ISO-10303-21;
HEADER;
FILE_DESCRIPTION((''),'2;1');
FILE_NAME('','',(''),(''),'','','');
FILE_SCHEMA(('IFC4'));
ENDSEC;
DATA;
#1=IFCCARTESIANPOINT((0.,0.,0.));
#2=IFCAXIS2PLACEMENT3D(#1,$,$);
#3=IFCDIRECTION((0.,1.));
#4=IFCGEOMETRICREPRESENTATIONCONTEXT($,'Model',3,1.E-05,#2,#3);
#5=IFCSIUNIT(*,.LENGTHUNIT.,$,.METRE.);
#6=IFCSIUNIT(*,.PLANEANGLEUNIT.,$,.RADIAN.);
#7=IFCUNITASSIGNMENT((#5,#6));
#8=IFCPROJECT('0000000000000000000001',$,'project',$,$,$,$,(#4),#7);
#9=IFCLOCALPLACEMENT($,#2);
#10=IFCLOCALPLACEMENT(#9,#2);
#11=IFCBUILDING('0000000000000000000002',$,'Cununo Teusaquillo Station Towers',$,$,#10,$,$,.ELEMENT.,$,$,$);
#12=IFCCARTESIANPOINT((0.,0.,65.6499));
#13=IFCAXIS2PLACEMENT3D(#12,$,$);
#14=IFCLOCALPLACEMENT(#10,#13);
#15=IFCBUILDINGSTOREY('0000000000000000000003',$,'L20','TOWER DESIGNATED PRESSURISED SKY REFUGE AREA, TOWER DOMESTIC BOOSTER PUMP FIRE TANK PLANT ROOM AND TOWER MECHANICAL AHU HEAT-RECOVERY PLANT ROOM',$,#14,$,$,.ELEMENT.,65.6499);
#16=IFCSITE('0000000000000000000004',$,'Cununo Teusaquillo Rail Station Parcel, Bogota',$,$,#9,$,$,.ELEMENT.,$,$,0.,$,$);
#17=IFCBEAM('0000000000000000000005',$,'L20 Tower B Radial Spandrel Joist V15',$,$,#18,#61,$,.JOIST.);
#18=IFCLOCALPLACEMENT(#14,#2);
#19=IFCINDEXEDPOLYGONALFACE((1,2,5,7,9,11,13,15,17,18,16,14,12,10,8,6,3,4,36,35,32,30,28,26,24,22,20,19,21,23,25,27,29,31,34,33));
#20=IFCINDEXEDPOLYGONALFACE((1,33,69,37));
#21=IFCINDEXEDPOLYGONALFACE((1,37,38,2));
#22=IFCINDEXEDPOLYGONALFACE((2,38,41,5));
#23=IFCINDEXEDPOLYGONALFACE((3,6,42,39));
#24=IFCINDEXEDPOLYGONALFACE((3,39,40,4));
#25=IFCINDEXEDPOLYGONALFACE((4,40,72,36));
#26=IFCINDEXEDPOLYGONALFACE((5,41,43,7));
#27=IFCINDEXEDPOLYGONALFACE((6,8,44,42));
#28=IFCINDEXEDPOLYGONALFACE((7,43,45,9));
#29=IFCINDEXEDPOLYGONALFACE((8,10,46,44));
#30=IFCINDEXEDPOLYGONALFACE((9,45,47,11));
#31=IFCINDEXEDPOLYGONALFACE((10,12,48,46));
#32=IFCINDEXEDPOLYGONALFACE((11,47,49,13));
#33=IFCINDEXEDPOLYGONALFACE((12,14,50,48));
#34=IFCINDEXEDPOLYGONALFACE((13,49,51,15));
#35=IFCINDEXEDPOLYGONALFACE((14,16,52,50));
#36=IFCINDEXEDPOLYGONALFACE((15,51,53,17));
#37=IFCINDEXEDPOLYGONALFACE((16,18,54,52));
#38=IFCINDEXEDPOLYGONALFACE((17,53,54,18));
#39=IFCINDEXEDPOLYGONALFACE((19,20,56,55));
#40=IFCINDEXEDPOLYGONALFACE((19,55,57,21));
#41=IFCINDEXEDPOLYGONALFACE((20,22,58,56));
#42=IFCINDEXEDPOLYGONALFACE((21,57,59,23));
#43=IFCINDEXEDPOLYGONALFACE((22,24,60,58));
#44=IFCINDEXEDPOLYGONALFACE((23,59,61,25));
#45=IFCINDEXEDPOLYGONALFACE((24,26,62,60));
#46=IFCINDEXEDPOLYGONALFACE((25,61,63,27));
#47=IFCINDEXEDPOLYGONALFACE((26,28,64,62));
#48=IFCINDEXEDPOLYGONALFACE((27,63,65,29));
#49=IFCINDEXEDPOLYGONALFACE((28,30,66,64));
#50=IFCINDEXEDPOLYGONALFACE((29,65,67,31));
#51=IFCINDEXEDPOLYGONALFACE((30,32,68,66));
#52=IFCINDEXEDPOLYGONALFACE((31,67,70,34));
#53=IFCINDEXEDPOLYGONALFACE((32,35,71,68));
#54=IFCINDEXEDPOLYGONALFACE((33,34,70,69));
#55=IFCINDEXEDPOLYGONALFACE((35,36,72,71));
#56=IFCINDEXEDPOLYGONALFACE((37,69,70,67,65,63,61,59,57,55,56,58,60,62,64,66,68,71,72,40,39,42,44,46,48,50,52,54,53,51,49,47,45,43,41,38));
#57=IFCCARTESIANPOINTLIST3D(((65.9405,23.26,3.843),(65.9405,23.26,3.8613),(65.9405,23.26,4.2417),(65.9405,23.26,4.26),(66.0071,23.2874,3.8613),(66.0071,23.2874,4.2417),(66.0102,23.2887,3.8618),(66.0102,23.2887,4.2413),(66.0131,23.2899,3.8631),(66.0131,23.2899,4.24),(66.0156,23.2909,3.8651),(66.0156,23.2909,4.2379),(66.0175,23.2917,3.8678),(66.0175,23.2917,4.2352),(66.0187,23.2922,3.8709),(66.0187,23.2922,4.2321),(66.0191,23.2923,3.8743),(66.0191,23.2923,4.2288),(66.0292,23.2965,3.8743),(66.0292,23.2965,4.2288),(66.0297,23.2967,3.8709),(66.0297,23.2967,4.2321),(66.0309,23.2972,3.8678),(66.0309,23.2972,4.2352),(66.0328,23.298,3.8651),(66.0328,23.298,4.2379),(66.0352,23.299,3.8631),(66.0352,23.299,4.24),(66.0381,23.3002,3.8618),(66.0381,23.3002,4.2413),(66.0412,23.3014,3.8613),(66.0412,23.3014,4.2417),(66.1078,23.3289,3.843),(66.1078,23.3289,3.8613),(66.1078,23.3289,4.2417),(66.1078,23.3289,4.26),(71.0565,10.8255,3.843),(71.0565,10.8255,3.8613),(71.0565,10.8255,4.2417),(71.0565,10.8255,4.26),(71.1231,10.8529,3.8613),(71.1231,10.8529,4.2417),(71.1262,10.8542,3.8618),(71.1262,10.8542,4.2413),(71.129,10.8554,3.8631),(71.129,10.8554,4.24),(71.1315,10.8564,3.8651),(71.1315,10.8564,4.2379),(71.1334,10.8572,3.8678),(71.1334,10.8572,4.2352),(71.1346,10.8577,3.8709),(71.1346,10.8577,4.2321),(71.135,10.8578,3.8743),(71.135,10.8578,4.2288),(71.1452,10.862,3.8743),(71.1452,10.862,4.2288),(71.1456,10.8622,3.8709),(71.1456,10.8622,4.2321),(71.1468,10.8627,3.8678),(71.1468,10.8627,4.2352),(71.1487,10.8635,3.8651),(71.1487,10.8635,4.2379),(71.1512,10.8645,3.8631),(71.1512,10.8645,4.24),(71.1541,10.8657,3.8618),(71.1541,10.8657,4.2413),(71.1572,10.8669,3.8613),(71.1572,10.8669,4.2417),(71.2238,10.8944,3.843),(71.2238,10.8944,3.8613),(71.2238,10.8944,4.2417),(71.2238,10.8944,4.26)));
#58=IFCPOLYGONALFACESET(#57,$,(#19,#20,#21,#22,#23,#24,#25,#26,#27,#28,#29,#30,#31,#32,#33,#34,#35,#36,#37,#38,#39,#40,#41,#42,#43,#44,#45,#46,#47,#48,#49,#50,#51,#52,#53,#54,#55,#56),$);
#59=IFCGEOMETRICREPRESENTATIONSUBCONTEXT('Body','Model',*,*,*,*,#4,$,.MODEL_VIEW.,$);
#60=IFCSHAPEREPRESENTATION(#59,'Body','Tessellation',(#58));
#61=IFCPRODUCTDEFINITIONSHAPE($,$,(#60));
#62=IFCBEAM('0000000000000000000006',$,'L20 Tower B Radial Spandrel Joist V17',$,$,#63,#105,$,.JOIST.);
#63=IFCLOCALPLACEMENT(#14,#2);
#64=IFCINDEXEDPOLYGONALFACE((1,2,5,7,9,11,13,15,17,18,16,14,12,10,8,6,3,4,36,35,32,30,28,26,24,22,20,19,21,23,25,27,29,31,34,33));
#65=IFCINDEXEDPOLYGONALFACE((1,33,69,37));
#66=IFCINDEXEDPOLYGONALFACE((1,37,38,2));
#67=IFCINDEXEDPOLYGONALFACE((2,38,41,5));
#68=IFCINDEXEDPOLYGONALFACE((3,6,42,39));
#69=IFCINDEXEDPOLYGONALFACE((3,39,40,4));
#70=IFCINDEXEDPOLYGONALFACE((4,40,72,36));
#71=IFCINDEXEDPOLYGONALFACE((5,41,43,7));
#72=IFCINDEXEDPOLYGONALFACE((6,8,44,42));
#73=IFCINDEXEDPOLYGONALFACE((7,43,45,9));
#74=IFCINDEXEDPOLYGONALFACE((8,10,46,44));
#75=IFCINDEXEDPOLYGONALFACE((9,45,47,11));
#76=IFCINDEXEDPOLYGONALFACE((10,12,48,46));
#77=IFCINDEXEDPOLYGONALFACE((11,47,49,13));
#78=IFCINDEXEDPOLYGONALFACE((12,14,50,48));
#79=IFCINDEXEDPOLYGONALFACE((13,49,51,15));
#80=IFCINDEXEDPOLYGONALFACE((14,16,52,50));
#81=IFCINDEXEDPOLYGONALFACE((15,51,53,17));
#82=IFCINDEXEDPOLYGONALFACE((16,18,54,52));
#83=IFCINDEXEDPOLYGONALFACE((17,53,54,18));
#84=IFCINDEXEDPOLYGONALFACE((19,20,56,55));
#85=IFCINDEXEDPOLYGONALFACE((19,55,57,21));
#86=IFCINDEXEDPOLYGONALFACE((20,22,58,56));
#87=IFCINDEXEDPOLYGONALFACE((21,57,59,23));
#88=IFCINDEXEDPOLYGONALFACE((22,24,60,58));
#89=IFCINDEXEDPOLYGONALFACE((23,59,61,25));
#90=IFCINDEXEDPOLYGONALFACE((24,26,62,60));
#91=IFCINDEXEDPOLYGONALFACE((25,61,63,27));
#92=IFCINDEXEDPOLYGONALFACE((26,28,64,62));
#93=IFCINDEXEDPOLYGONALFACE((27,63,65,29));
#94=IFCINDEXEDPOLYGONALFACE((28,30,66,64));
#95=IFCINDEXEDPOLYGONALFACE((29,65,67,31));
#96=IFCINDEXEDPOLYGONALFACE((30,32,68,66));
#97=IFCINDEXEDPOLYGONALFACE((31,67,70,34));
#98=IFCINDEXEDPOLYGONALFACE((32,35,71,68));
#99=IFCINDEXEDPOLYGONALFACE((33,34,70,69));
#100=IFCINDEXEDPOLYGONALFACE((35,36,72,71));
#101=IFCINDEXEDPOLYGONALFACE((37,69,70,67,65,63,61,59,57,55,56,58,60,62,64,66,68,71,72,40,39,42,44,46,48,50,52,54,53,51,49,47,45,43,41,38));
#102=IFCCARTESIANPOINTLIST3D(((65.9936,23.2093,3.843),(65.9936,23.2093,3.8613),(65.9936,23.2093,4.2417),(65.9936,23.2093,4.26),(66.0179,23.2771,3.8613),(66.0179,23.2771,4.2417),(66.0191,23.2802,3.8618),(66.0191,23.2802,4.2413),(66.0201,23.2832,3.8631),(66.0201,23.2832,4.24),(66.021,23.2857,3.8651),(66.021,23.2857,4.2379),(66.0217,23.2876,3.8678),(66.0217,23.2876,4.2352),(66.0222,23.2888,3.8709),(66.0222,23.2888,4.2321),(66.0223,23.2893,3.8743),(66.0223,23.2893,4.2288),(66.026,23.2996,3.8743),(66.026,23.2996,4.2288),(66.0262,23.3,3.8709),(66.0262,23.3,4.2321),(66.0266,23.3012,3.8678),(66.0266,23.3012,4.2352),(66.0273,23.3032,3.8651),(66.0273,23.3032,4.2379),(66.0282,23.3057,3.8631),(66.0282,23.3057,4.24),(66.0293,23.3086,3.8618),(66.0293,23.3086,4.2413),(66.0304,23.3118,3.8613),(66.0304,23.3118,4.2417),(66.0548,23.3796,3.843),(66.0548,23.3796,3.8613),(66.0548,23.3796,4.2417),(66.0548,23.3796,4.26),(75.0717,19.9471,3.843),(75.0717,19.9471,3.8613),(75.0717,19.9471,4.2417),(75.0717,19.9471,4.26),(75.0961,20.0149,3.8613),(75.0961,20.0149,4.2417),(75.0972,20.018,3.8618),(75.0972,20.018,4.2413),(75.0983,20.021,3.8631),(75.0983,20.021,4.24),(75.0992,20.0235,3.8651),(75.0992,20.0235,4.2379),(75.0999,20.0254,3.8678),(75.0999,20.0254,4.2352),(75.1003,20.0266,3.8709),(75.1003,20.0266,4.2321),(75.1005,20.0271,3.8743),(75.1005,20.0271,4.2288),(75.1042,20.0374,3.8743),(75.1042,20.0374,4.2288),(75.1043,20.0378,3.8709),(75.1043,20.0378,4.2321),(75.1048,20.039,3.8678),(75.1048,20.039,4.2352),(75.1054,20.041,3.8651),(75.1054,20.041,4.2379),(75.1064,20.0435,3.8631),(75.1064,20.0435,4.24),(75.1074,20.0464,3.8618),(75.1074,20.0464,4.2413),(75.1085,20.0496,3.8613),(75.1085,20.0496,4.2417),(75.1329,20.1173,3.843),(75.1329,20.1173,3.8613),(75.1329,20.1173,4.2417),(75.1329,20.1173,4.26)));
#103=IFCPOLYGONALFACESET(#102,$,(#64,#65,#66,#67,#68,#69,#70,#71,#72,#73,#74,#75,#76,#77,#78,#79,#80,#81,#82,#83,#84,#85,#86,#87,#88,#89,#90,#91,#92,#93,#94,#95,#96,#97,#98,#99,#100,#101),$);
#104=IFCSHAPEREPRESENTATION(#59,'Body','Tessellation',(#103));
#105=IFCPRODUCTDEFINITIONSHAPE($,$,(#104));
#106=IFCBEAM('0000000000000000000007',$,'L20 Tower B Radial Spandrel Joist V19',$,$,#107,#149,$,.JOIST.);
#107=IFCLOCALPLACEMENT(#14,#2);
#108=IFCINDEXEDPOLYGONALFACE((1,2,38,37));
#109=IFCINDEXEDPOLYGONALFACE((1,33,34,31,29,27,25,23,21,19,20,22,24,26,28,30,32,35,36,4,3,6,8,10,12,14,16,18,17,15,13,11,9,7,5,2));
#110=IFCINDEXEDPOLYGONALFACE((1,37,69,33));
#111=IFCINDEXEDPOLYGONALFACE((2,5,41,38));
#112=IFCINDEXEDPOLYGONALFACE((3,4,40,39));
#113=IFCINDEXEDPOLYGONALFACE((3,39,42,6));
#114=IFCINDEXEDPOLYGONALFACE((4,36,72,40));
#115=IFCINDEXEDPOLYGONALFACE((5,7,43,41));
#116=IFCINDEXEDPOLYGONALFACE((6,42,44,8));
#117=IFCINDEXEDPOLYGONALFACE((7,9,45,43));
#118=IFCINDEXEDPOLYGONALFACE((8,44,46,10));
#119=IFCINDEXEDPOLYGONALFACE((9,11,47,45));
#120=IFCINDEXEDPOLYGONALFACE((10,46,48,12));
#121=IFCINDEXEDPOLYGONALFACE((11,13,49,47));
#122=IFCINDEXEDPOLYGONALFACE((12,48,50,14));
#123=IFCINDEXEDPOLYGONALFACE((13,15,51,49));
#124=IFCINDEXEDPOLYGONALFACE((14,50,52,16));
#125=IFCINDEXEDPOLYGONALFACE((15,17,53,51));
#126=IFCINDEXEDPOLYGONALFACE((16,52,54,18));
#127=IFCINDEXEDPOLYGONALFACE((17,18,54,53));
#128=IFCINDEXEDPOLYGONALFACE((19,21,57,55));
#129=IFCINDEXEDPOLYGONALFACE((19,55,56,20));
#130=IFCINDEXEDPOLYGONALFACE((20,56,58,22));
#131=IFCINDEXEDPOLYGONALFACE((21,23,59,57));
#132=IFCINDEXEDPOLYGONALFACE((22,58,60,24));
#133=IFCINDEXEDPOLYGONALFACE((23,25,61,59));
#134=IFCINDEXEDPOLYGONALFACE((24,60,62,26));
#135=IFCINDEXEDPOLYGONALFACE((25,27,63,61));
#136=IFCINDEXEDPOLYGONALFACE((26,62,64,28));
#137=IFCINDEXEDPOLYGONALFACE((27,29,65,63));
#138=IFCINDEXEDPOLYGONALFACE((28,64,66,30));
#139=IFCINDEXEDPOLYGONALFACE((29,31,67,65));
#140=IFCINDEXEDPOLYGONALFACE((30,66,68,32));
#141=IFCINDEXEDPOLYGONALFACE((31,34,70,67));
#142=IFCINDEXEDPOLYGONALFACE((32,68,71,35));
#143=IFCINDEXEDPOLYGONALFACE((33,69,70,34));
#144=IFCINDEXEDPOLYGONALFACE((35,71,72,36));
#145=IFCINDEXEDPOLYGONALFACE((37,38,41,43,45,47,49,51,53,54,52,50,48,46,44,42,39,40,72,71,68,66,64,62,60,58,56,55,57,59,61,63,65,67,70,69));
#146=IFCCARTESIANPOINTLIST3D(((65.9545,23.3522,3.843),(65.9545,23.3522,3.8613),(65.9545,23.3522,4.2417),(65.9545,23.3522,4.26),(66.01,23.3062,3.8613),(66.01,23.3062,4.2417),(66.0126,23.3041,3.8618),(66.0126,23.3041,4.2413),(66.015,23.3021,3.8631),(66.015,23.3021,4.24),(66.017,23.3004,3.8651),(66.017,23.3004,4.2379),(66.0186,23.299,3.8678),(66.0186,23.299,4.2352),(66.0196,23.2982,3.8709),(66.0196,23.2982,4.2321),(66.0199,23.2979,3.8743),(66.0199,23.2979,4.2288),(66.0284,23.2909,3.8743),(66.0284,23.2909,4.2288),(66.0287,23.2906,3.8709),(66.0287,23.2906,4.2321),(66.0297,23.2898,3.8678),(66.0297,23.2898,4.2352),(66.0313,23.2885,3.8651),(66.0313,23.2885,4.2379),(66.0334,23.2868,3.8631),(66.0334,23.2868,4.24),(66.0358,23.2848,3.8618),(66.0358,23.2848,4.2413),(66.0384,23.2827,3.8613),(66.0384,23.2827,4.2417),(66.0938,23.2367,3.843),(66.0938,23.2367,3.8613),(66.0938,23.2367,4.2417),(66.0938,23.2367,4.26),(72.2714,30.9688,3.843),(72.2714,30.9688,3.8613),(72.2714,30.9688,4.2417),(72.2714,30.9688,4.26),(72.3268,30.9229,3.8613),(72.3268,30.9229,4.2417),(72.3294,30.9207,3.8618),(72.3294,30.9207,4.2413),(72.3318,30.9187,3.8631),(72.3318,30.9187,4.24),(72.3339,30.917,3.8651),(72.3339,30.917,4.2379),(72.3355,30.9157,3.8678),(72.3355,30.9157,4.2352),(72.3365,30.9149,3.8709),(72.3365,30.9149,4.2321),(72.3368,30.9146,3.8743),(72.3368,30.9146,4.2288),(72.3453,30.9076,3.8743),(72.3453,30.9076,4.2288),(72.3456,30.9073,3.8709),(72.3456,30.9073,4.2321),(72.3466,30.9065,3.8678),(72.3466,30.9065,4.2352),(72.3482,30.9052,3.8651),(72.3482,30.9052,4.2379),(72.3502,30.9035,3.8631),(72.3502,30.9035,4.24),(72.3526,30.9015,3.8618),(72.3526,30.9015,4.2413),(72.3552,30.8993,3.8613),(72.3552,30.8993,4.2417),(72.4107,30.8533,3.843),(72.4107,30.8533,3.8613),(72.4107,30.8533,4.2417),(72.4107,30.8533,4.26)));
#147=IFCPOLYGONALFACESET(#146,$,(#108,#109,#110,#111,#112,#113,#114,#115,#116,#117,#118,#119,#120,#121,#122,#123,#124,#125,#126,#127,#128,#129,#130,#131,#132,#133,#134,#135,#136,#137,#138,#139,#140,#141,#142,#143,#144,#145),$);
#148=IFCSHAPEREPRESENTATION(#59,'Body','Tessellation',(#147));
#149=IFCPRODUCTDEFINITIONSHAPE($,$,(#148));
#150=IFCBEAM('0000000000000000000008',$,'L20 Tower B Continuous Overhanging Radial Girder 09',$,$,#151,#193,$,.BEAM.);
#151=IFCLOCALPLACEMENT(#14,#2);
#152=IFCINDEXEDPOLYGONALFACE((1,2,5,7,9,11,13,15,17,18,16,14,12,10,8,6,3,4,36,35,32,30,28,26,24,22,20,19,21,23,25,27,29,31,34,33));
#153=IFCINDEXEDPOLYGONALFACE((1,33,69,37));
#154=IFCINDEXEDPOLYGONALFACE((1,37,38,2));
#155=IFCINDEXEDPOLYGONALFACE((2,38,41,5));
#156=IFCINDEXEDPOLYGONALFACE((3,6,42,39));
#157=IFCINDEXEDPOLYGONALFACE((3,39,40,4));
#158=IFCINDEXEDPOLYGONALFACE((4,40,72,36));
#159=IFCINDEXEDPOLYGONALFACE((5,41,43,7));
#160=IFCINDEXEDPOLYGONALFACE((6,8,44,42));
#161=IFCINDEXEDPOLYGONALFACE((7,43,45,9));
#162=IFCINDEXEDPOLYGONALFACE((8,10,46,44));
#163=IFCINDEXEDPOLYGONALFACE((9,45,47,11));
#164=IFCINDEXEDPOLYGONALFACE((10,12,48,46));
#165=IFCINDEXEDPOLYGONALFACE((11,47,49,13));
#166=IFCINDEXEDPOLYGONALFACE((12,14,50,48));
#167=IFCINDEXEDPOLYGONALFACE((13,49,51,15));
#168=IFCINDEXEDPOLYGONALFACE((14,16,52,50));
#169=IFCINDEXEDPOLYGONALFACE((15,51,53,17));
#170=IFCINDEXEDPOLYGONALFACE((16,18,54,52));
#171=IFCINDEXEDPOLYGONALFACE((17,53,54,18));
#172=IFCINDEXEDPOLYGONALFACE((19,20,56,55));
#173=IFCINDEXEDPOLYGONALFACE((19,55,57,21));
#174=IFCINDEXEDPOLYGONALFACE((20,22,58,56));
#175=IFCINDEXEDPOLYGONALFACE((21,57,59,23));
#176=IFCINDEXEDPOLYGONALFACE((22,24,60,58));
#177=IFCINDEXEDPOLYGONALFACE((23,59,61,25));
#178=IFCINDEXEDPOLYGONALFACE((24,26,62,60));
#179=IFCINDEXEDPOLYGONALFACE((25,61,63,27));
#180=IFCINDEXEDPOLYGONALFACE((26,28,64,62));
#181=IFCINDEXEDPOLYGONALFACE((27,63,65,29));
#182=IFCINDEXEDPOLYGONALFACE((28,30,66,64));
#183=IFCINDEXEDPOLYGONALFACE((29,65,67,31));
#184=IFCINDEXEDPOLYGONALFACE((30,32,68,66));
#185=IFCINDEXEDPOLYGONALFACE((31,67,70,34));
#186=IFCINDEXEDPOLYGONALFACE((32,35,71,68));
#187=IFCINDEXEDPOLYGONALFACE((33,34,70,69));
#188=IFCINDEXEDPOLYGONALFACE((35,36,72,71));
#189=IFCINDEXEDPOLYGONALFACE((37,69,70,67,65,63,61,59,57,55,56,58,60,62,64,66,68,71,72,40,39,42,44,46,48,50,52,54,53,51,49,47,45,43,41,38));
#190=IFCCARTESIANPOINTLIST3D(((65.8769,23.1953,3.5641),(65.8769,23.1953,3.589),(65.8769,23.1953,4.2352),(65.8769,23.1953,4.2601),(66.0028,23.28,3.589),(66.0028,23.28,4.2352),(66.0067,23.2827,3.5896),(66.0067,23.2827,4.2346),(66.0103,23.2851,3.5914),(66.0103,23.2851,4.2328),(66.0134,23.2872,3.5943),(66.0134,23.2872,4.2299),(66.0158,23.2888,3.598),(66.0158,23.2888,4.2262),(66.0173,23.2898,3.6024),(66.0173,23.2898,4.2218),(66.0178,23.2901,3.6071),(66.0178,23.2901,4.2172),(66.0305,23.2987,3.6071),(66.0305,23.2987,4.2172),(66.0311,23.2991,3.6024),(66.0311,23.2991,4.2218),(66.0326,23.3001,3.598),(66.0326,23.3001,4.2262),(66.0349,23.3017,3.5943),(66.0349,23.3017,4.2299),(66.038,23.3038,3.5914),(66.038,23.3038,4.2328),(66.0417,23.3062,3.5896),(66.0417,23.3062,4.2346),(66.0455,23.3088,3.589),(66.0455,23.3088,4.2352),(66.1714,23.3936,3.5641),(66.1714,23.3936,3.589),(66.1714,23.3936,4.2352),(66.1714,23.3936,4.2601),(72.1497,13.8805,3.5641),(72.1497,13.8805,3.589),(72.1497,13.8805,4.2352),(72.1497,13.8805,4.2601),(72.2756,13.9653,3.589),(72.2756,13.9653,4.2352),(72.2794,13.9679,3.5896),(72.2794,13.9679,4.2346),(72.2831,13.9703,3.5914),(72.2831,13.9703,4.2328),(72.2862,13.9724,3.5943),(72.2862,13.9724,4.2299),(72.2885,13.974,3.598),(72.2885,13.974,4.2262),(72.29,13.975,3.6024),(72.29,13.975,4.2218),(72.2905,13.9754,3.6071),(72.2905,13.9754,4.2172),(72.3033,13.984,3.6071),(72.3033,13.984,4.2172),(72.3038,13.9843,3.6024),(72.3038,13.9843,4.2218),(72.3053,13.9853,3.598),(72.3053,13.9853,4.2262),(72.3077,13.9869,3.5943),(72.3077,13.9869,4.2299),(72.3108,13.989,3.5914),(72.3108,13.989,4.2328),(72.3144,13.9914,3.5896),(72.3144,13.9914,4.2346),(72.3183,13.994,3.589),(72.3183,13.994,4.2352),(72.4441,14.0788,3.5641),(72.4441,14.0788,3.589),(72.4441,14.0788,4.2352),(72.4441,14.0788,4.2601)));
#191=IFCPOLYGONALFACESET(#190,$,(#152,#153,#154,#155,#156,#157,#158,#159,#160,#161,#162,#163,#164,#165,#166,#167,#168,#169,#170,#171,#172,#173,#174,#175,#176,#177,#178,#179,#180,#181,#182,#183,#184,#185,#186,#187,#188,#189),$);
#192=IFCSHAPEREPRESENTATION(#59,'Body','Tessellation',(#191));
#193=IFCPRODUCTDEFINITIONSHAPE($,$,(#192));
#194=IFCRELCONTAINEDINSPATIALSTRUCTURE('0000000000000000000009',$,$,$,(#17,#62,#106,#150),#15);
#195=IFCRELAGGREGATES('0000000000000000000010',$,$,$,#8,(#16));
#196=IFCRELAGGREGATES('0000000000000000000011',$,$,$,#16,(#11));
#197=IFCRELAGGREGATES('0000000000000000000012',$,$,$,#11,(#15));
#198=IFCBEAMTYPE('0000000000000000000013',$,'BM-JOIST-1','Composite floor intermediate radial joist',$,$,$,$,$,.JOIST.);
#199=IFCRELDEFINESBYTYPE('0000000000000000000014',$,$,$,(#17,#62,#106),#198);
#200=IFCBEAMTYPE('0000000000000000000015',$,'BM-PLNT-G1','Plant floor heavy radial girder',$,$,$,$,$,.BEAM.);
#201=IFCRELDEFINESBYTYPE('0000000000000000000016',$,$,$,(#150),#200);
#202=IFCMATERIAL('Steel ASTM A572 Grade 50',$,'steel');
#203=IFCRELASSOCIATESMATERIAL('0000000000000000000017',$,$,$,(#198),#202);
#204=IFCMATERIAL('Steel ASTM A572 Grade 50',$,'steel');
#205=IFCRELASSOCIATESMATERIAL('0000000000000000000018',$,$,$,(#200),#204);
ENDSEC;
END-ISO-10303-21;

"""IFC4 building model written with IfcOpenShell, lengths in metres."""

from ifc_helpers import new_model, si_unit, direction, frame, origin, origin_2d, place, context, subcontext, project, spatial, i_section, extrude, material, material_profile, profile_set, type_object, element, save


model = new_model("IFC4")

# Units and contexts
model_context = context("Model", 3, precision=1e-05, world=origin(), true_north=direction((0.0, 1.0)))
body_context = subcontext(model_context, "Body", "Model", "MODEL_VIEW")
ifc_project = project(units=[si_unit("LENGTHUNIT", "METRE"), si_unit("PLANEANGLEUNIT", "RADIAN")], contexts=[model_context])

# Site, building, storey
site_placement = place(None, origin())
site = spatial("IfcSite", under=ifc_project, at=site_placement, Name="Cununo Teusaquillo Rail Station Parcel, Bogota", CompositionType="ELEMENT", RefElevation=0.0)
building_placement = place(site_placement, origin())
building = spatial("IfcBuilding", under=site, at=building_placement, Name="Cununo Teusaquillo Station Towers", CompositionType="ELEMENT")
storey_placement = place(building_placement, frame((0.0, 0.0, 65.6499)))
storey = spatial("IfcBuildingStorey", under=building, at=storey_placement, Name="L20", Description="TOWER DESIGNATED PRESSURISED SKY REFUGE AREA, TOWER DOMESTIC BOOSTER PUMP FIRE TANK PLANT ROOM AND TOWER MECHANICAL AHU HEAT-RECOVERY PLANT ROOM", CompositionType="ELEMENT", Elevation=65.6499)

# Beams
ifc_material_1 = material(Name="Steel ASTM A572 Grade 50", Category="steel")
ifc_material_profile_1 = material_profile(ifc_material_1, i_section(OverallWidth=0.1809, OverallDepth=0.417, WebThickness=0.011, FlangeThickness=0.0183, FilletRadius=0.0129, at=origin_2d()), Name="W16X57")
ifc_profile_set_1 = profile_set([ifc_material_profile_1], Name="Steel ASTM A572 Grade 50")
beam_type_1 = type_object("IfcBeamType", Name="BM-JOIST-1", Description="Composite floor intermediate radial joist", PredefinedType="JOIST", material=ifc_profile_set_1)
beam_1_placement = place(storey_placement, frame((66.0242, 23.2944, 4.0515), z_axis=(0.380486, -0.924787, 0.0), x_axis=(0.924787, 0.380486, 0.0)))
element("IfcBeam", 1, at=beam_1_placement, inside=storey, type_object=beam_type_1, Name="L20 Tower B Radial Spandrel Joist V15", PredefinedType="JOIST", context=body_context, shape_type="SweptSolid", body=[
    extrude(i_section(OverallWidth=0.1809, OverallDepth=0.417, WebThickness=0.011, FlangeThickness=0.0183, FilletRadius=0.0129, at=origin_2d()), origin(), (0.0, 0.0, 1.0), 13.4458),
])
beam_2_placement = place(storey_placement, frame((66.0242, 23.2944, 4.0515), z_axis=(0.941083, -0.338176, 0.0), x_axis=(0.338176, 0.941083, 0.0)))
element("IfcBeam", 2, at=beam_2_placement, inside=storey, type_object=beam_type_1, Name="L20 Tower B Radial Spandrel Joist V17", PredefinedType="JOIST", context=body_context, shape_type="SweptSolid", body=[
    extrude(i_section(OverallWidth=0.1809, OverallDepth=0.417, WebThickness=0.011, FlangeThickness=0.0183, FilletRadius=0.0129, at=origin_2d()), origin(), (0.0, 0.0, 1.0), 9.6465),
])
beam_3_placement = place(storey_placement, frame((66.0242, 23.2944, 4.0515), z_axis=(0.638372, 0.769728, 0.0), x_axis=(-0.769728, 0.638372, 0.0)))
element("IfcBeam", 3, at=beam_3_placement, inside=storey, type_object=beam_type_1, Name="L20 Tower B Radial Spandrel Joist V19", PredefinedType="JOIST", context=body_context, shape_type="SweptSolid", body=[
    extrude(i_section(OverallWidth=0.1809, OverallDepth=0.417, WebThickness=0.011, FlangeThickness=0.0183, FilletRadius=0.0129, at=origin_2d()), origin(), (0.0, 0.0, 1.0), 9.8953),
])
ifc_material_2 = material(Name="Steel ASTM A572 Grade 50", Category="steel")
ifc_material_profile_2 = material_profile(ifc_material_2, i_section(OverallWidth=0.355, OverallDepth=0.696, WebThickness=0.0154, FlangeThickness=0.0249, FilletRadius=0.0181, at=origin_2d()), Name="W27X146")
ifc_profile_set_2 = profile_set([ifc_material_profile_2], Name="Steel ASTM A572 Grade 50")
beam_type_2 = type_object("IfcBeamType", Name="BM-PLNT-G1", Description="Plant floor heavy radial girder", PredefinedType="BEAM", material=ifc_profile_set_2)
beam_4_placement = place(storey_placement, frame((66.0242, 23.2944, 3.9121), z_axis=(0.558572, -0.829456, 0.0), x_axis=(0.829456, 0.558572, 0.0)))
element("IfcBeam", 4, at=beam_4_placement, inside=storey, type_object=beam_type_2, Name="L20 Tower B Continuous Overhanging Radial Girder 09", PredefinedType="BEAM", context=body_context, shape_type="SweptSolid", body=[
    extrude(i_section(OverallWidth=0.355, OverallDepth=0.696, WebThickness=0.0154, FlangeThickness=0.0249, FilletRadius=0.0181, at=origin_2d()), origin(), (0.0, 0.0, 1.0), 11.23),
])

save(model, "model.ifc")
